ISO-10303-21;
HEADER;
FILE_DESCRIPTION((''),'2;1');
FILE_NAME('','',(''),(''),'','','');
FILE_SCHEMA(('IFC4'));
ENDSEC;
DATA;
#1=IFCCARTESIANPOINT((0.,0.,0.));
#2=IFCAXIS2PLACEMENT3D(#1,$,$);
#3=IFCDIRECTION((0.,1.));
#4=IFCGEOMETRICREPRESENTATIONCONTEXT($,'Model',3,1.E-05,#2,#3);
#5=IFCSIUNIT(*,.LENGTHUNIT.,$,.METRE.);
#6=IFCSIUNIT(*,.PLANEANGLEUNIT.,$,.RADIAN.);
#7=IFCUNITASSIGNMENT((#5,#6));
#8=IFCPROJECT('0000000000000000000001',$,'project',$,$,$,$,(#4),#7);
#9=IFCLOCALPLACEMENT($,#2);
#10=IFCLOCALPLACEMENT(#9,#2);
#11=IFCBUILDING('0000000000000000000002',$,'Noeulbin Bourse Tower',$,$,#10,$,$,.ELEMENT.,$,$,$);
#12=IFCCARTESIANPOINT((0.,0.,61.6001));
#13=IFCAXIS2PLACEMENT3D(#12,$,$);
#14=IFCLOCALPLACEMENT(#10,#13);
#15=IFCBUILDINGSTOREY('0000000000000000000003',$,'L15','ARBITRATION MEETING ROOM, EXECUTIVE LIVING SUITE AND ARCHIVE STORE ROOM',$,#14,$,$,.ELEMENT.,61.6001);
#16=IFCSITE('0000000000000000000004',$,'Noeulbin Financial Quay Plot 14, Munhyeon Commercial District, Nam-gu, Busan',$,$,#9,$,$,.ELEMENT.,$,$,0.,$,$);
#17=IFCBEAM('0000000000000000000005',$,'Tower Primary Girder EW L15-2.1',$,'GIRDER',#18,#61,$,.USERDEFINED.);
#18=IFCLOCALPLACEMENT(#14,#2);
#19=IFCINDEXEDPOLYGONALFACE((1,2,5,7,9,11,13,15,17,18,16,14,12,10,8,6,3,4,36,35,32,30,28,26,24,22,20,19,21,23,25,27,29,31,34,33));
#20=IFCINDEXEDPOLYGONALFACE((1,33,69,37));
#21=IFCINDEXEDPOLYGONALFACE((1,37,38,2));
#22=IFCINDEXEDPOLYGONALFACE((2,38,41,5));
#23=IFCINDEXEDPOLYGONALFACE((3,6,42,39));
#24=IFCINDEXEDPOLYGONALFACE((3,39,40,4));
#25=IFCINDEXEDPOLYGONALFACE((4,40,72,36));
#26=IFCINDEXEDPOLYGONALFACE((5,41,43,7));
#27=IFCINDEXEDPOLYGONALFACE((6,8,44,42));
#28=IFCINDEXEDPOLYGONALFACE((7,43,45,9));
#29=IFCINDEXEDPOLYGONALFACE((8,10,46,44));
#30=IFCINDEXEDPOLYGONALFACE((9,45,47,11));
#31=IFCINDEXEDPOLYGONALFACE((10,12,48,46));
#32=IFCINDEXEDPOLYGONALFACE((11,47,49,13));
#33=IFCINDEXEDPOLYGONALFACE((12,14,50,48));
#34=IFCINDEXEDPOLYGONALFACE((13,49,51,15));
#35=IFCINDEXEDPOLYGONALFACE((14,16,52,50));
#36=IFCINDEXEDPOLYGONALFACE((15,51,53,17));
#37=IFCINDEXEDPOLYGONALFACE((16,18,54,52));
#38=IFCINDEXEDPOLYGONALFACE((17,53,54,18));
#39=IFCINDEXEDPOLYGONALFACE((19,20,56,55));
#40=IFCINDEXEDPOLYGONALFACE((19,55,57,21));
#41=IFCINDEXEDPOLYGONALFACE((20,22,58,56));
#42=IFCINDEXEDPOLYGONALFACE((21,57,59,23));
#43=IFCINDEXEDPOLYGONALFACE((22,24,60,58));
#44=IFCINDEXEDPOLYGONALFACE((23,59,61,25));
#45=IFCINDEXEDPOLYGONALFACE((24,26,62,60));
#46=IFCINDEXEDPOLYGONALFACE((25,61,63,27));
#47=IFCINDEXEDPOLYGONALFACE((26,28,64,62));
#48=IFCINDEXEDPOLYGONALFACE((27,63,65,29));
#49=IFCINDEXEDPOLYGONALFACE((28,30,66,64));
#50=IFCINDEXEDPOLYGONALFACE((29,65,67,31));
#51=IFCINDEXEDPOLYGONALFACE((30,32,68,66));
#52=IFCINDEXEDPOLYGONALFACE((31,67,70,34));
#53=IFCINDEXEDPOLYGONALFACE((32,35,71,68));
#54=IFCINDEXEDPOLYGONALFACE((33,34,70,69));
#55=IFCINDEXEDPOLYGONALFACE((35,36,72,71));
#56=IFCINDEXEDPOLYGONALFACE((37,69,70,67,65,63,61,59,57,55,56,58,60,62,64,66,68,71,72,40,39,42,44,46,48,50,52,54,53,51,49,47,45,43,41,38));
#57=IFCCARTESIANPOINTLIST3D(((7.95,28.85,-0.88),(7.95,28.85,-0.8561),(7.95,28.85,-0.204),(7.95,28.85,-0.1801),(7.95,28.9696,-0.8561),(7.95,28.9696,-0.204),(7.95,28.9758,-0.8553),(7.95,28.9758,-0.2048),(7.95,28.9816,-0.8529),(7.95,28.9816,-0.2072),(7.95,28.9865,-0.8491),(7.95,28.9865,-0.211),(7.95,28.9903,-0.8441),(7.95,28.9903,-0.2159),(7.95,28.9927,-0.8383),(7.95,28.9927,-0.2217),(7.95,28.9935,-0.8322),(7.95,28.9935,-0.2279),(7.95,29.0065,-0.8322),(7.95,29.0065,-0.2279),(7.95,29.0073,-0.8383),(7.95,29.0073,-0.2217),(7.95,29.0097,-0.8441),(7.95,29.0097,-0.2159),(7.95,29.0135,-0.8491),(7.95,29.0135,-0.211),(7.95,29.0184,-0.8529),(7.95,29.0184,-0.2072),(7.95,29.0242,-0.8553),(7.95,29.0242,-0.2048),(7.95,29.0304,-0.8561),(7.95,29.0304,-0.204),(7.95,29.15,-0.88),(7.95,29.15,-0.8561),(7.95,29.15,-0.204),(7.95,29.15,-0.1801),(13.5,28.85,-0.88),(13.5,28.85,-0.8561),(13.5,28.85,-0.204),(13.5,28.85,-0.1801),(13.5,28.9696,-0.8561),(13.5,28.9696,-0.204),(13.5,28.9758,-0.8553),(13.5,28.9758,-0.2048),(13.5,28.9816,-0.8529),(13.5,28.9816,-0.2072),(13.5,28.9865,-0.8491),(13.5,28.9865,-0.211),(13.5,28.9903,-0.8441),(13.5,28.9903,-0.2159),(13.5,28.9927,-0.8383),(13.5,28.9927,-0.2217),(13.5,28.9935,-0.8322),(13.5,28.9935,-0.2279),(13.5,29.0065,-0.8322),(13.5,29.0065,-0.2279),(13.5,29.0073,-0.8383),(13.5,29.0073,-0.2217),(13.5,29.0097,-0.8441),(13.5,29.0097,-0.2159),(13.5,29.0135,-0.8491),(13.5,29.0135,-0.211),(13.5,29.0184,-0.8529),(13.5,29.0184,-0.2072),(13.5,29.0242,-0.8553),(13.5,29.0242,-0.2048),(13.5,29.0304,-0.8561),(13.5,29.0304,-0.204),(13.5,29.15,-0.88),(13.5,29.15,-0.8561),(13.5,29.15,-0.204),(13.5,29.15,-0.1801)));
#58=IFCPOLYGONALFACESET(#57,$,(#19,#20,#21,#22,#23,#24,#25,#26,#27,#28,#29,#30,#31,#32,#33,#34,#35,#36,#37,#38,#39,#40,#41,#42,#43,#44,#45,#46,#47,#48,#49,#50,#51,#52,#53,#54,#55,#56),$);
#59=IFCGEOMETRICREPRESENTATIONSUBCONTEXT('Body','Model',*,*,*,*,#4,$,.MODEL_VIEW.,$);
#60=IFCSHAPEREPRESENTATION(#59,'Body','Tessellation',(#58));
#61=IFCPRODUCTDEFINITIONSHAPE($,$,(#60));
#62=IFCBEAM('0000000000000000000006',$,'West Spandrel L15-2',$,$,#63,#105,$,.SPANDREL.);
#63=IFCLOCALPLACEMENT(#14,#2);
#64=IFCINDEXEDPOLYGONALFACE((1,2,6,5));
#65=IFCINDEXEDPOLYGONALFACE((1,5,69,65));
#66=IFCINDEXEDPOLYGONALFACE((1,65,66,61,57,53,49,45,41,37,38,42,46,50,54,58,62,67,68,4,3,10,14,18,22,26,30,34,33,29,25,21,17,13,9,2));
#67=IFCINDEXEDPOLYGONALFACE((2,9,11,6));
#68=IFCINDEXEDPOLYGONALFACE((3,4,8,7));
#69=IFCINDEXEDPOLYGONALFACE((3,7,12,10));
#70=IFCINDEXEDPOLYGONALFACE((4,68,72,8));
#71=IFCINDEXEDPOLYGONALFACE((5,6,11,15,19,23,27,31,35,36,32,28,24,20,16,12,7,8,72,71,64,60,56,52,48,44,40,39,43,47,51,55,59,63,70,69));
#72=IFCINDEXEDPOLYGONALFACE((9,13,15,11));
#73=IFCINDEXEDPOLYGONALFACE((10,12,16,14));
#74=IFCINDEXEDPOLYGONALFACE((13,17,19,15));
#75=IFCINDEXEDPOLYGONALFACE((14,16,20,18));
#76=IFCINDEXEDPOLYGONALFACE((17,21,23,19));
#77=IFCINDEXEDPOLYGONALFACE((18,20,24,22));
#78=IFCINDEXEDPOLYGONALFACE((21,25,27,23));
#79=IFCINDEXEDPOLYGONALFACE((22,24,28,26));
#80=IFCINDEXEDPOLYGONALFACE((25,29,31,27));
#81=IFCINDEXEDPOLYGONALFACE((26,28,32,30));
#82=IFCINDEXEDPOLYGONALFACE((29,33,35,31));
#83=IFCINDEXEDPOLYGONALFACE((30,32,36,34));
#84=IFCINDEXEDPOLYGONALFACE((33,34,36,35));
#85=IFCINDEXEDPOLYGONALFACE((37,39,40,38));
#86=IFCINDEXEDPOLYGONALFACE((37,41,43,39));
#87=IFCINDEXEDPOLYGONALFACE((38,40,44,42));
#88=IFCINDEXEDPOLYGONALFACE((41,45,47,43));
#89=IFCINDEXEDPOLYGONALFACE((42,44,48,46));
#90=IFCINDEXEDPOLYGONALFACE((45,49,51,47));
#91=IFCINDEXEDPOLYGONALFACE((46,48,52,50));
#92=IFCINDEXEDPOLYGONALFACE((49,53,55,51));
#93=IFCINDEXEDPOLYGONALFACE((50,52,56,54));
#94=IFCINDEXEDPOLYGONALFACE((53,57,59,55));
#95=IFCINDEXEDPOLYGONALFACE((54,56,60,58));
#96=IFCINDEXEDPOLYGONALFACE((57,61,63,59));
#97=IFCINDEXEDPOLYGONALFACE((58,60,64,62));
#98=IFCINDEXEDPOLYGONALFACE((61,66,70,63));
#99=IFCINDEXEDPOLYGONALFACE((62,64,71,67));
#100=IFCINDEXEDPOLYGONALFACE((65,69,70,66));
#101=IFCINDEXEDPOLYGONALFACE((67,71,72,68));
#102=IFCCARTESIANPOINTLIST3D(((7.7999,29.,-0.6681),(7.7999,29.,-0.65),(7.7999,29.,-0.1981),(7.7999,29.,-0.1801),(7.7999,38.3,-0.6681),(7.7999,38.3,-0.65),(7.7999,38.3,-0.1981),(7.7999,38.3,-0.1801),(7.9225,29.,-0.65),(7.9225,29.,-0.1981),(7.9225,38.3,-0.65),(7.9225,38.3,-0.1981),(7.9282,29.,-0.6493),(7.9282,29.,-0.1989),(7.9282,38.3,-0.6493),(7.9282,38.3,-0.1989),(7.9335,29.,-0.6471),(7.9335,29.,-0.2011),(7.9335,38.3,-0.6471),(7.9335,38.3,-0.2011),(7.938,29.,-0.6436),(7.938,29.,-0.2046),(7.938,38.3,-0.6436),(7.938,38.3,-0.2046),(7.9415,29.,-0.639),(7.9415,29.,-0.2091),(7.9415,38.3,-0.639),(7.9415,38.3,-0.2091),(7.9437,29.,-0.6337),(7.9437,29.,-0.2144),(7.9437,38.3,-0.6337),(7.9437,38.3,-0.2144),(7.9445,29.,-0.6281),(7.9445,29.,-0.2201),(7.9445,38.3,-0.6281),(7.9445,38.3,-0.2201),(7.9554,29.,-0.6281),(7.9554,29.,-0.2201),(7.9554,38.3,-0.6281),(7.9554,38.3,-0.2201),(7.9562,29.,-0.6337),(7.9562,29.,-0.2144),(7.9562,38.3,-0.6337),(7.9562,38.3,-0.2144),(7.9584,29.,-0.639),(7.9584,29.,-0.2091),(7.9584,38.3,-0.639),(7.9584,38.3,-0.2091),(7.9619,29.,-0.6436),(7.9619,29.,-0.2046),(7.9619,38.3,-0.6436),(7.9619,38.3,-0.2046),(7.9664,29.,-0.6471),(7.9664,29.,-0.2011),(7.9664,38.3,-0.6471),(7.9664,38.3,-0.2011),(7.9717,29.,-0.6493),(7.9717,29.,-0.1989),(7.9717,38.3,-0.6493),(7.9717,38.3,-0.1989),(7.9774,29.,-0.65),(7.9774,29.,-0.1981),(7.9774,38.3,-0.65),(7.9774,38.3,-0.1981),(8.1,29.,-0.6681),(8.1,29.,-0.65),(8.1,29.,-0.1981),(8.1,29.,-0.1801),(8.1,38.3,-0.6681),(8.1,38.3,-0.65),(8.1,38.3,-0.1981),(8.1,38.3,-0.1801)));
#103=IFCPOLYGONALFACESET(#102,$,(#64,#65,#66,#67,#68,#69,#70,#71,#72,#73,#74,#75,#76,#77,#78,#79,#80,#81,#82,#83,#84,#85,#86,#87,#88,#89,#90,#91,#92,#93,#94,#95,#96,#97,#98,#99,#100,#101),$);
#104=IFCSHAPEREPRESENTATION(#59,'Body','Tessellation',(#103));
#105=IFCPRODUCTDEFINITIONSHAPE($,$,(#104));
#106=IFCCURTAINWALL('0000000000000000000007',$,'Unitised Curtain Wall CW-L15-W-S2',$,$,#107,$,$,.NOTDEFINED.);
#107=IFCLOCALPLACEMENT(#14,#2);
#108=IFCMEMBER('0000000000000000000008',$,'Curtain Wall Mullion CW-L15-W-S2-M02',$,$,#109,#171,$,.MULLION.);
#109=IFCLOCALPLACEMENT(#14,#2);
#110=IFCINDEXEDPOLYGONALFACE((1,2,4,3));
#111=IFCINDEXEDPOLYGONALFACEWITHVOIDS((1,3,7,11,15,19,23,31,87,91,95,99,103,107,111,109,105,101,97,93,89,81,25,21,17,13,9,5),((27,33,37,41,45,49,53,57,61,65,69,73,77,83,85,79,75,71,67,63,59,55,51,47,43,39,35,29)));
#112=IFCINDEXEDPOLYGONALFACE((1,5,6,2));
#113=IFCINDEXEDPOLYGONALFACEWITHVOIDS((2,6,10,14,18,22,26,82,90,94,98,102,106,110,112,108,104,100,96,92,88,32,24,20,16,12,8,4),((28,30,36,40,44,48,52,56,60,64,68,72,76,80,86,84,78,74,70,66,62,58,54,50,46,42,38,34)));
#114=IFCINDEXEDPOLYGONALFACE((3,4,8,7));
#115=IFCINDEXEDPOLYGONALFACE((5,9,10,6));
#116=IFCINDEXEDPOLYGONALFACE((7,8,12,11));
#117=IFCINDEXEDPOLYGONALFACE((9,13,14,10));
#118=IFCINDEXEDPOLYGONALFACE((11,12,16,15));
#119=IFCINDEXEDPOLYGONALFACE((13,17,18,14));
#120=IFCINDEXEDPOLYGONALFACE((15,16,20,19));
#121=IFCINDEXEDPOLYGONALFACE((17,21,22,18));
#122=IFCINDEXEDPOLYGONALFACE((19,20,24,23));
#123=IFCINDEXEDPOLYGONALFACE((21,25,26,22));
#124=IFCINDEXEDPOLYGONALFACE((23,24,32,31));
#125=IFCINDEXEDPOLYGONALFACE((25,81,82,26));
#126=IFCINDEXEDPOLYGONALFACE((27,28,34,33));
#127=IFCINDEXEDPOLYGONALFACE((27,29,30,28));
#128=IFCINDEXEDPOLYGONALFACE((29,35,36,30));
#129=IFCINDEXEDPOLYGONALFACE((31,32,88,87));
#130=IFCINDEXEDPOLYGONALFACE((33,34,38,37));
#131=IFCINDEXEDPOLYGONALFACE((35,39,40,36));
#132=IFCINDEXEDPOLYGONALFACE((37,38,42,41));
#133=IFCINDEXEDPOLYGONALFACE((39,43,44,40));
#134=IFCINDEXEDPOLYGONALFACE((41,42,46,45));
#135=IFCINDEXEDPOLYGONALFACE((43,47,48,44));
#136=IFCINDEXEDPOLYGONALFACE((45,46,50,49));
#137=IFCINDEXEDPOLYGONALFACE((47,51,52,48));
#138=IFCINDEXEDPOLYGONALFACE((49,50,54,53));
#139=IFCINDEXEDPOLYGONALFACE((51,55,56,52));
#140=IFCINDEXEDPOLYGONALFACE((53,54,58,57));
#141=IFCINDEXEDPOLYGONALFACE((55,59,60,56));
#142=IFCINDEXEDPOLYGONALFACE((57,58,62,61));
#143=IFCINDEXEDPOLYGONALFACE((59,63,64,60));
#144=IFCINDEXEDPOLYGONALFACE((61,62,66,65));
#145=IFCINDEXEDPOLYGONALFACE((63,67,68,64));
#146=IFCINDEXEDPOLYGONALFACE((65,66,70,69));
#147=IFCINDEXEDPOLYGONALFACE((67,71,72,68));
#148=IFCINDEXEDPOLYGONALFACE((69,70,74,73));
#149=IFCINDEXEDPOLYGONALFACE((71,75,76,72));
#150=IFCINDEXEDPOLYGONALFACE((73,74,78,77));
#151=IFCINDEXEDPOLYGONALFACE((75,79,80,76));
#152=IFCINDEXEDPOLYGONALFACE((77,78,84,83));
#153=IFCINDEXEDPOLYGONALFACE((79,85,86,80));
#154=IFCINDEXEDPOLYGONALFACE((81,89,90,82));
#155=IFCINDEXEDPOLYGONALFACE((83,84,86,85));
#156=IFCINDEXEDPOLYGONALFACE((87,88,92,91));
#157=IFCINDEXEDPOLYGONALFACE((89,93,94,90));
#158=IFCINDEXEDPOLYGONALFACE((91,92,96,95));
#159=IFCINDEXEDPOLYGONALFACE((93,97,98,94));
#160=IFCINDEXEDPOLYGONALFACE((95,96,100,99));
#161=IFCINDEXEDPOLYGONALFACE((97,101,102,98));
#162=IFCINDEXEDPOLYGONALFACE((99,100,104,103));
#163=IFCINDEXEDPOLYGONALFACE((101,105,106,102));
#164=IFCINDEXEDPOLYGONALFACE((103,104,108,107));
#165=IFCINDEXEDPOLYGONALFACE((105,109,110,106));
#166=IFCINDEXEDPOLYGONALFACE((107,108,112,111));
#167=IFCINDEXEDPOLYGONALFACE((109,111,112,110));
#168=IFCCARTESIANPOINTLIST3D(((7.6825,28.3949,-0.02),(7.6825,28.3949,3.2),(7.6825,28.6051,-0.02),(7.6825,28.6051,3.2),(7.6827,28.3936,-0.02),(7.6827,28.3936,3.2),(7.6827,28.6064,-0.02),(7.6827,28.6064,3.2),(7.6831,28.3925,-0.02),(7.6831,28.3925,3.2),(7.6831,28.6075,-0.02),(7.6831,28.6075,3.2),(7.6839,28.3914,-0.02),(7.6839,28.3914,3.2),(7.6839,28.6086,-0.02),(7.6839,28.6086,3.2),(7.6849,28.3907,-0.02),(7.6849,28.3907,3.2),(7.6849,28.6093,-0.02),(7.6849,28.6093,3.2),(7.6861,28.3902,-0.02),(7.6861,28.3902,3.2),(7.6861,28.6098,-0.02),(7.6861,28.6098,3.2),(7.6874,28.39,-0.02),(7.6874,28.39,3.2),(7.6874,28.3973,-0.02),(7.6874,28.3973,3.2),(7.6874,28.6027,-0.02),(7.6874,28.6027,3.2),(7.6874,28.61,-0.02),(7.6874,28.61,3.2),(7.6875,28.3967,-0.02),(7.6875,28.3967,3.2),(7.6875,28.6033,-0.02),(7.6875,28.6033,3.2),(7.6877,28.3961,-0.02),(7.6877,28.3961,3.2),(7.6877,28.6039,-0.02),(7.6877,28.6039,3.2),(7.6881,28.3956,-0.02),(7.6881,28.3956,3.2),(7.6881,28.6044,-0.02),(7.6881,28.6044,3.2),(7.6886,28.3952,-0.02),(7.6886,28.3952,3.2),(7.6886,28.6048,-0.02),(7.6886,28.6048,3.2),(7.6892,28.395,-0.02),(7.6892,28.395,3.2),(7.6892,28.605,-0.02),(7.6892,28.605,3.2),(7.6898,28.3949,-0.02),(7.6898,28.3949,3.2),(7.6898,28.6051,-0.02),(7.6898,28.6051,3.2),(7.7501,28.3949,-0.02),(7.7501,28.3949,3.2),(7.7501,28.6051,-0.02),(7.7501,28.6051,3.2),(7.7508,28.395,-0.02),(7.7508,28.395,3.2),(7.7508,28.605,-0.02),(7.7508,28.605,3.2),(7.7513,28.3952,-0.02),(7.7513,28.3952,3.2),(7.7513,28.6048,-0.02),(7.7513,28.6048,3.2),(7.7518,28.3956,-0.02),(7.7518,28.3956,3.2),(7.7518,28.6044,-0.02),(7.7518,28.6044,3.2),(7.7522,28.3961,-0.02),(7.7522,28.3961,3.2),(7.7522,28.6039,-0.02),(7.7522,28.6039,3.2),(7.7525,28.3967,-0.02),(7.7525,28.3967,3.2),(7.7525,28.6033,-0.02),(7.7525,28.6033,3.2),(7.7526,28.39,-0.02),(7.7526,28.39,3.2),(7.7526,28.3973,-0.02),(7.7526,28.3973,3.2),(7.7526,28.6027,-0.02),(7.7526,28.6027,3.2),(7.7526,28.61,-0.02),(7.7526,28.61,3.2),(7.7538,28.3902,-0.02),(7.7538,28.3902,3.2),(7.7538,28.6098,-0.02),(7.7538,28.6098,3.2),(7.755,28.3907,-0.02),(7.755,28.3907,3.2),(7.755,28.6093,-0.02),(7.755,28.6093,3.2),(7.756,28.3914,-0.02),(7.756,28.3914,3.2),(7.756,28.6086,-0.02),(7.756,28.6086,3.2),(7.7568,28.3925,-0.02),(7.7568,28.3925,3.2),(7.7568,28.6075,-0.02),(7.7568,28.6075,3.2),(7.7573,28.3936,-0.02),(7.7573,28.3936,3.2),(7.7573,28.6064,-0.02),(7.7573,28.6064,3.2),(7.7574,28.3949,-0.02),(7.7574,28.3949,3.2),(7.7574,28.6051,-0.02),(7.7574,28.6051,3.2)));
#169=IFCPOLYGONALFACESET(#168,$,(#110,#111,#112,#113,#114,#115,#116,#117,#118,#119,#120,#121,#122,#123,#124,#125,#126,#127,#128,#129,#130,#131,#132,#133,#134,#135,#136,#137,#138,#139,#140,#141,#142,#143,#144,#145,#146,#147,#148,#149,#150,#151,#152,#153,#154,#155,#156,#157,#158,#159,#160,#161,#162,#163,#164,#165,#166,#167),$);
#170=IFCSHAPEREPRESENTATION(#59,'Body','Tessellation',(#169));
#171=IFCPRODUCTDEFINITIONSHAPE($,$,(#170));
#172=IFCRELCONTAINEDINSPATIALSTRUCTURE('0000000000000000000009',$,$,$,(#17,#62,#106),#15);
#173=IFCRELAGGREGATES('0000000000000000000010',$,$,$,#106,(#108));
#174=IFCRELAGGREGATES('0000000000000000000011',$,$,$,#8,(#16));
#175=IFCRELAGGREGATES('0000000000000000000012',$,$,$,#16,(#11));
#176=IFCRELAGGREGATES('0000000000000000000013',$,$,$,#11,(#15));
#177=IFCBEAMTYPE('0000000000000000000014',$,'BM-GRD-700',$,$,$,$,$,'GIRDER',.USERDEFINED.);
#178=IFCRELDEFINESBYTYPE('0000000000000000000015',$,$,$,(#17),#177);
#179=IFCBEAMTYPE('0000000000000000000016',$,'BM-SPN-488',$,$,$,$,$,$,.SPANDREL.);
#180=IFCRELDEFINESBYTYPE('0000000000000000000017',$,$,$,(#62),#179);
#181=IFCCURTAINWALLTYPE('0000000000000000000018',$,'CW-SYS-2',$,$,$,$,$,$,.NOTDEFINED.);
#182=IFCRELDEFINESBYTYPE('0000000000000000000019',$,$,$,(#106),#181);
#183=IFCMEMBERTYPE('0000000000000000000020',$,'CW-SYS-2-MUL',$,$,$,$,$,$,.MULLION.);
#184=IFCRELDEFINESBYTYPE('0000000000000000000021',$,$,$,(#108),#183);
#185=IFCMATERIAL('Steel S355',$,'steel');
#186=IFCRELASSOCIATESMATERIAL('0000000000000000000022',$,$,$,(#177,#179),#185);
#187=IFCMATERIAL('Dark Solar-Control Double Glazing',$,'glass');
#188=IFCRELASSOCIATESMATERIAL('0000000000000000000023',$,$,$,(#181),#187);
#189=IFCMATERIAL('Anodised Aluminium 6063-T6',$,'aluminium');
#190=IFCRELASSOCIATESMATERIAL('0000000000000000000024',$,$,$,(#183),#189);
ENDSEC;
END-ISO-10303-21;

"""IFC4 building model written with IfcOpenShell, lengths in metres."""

from ifc_helpers import new_model, si_unit, direction, frame, origin, origin_2d, place, context, subcontext, project, spatial, hollow_rectangle, i_section, extrude, material, material_profile, profile_set, type_object, element, aggregate, save


model = new_model("IFC4")

# Units and contexts
model_context = context("Model", 3, precision=1e-05, world=origin(), true_north=direction((0.0, 1.0)))
body_context = subcontext(model_context, "Body", "Model", "MODEL_VIEW")
ifc_project = project(units=[si_unit("LENGTHUNIT", "METRE"), si_unit("PLANEANGLEUNIT", "RADIAN")], contexts=[model_context])

# Site, building, storey
site_placement = place(None, origin())
site = spatial("IfcSite", under=ifc_project, at=site_placement, Name="Noeulbin Financial Quay Plot 14, Munhyeon Commercial District, Nam-gu, Busan", CompositionType="ELEMENT", RefElevation=0.0)
building_placement = place(site_placement, origin())
building = spatial("IfcBuilding", under=site, at=building_placement, Name="Noeulbin Bourse Tower", CompositionType="ELEMENT")
storey_placement = place(building_placement, frame((0.0, 0.0, 61.6001)))
storey = spatial("IfcBuildingStorey", under=building, at=storey_placement, Name="L15", Description="ARBITRATION MEETING ROOM, EXECUTIVE LIVING SUITE AND ARCHIVE STORE ROOM", CompositionType="ELEMENT", Elevation=61.6001)

# Beams
ifc_material_1 = material(Name="Steel S355", Category="steel")
ifc_material_profile_1 = material_profile(ifc_material_1, i_section(OverallWidth=0.3, OverallDepth=0.7, WebThickness=0.0129, FlangeThickness=0.0239, FilletRadius=0.0239, at=origin_2d()), Name="H-700x300x13x24", Category="LoadBearing")
ifc_profile_set_1 = profile_set([ifc_material_profile_1], Name="Steel S355")
beam_type_1 = type_object("IfcBeamType", Name="BM-GRD-700", ElementType="GIRDER", PredefinedType="USERDEFINED", material=ifc_profile_set_1)
beam_1_placement = place(storey_placement, frame((7.95, 29.0, -0.53), z_axis=(1.0, 0.0, 0.0), x_axis=(0.0, 1.0, 0.0)))
element("IfcBeam", 1, at=beam_1_placement, inside=storey, type_object=beam_type_1, Name="Tower Primary Girder EW L15-2.1", ObjectType="GIRDER", PredefinedType="USERDEFINED", context=body_context, shape_type="SweptSolid", body=[
    extrude(i_section(OverallWidth=0.3, OverallDepth=0.7, WebThickness=0.0129, FlangeThickness=0.0239, FilletRadius=0.0239, at=origin_2d()), origin(), (0.0, 0.0, 1.0), 5.55),
])
ifc_material_profile_2 = material_profile(ifc_material_1, i_section(OverallWidth=0.3, OverallDepth=0.488, WebThickness=0.011, FlangeThickness=0.0181, FilletRadius=0.022, at=origin_2d()), Name="H-488x300x11x18", Category="LoadBearing")
ifc_profile_set_2 = profile_set([ifc_material_profile_2], Name="Steel S355")
beam_type_2 = type_object("IfcBeamType", Name="BM-SPN-488", PredefinedType="SPANDREL", material=ifc_profile_set_2)
beam_2_placement = place(storey_placement, frame((7.95, 29.0, -0.4241), z_axis=(0.0, 1.0, 0.0), x_axis=(-1.0, 0.0, 0.0)))
element("IfcBeam", 2, at=beam_2_placement, inside=storey, type_object=beam_type_2, Name="West Spandrel L15-2", PredefinedType="SPANDREL", context=body_context, shape_type="SweptSolid", body=[
    extrude(i_section(OverallWidth=0.3, OverallDepth=0.488, WebThickness=0.011, FlangeThickness=0.0181, FilletRadius=0.022, at=origin_2d()), origin(), (0.0, 0.0, 1.0), 9.3),
])

# Curtain wall, member
ifc_material_2 = material(Name="Dark Solar-Control Double Glazing", Category="glass")
curtain_wall_type = type_object("IfcCurtainWallType", Name="CW-SYS-2", PredefinedType="NOTDEFINED", material=ifc_material_2)
curtain_wall_1_placement = place(storey_placement, origin())
curtain_wall_1 = element("IfcCurtainWall", 3, at=curtain_wall_1_placement, inside=storey, type_object=curtain_wall_type, Name="Unitised Curtain Wall CW-L15-W-S2", PredefinedType="NOTDEFINED")
ifc_material_3 = material(Name="Anodised Aluminium 6063-T6", Category="aluminium")
ifc_material_profile_3 = material_profile(ifc_material_3, hollow_rectangle(XDim=0.075, YDim=0.22, WallThickness=0.0049, InnerFilletRadius=0.0024, OuterFilletRadius=0.0049, at=origin_2d()), Name="ALU-MULL-75x220x5", Category="LoadBearing")
ifc_profile_set_3 = profile_set([ifc_material_profile_3], Name="Anodised Aluminium 6063-T6")
member_type_1 = type_object("IfcMemberType", Name="CW-SYS-2-MUL", PredefinedType="MULLION", material=ifc_profile_set_3)
member_1_placement = place(storey_placement, frame((7.72, 28.5, -0.02), z_axis=(0.0, 0.0, 1.0), x_axis=(1.0, 0.0, 0.0)))
member_1 = element("IfcMember", 4, at=member_1_placement, type_object=member_type_1, Name="Curtain Wall Mullion CW-L15-W-S2-M02", PredefinedType="MULLION", context=body_context, shape_type="SweptSolid", body=[
    extrude(hollow_rectangle(XDim=0.075, YDim=0.22, WallThickness=0.0049, InnerFilletRadius=0.0024, OuterFilletRadius=0.0049, at=origin_2d()), origin(), (0.0, 0.0, 1.0), 3.22),
])
aggregate(curtain_wall_1, [member_1])

save(model, "model.ifc")
